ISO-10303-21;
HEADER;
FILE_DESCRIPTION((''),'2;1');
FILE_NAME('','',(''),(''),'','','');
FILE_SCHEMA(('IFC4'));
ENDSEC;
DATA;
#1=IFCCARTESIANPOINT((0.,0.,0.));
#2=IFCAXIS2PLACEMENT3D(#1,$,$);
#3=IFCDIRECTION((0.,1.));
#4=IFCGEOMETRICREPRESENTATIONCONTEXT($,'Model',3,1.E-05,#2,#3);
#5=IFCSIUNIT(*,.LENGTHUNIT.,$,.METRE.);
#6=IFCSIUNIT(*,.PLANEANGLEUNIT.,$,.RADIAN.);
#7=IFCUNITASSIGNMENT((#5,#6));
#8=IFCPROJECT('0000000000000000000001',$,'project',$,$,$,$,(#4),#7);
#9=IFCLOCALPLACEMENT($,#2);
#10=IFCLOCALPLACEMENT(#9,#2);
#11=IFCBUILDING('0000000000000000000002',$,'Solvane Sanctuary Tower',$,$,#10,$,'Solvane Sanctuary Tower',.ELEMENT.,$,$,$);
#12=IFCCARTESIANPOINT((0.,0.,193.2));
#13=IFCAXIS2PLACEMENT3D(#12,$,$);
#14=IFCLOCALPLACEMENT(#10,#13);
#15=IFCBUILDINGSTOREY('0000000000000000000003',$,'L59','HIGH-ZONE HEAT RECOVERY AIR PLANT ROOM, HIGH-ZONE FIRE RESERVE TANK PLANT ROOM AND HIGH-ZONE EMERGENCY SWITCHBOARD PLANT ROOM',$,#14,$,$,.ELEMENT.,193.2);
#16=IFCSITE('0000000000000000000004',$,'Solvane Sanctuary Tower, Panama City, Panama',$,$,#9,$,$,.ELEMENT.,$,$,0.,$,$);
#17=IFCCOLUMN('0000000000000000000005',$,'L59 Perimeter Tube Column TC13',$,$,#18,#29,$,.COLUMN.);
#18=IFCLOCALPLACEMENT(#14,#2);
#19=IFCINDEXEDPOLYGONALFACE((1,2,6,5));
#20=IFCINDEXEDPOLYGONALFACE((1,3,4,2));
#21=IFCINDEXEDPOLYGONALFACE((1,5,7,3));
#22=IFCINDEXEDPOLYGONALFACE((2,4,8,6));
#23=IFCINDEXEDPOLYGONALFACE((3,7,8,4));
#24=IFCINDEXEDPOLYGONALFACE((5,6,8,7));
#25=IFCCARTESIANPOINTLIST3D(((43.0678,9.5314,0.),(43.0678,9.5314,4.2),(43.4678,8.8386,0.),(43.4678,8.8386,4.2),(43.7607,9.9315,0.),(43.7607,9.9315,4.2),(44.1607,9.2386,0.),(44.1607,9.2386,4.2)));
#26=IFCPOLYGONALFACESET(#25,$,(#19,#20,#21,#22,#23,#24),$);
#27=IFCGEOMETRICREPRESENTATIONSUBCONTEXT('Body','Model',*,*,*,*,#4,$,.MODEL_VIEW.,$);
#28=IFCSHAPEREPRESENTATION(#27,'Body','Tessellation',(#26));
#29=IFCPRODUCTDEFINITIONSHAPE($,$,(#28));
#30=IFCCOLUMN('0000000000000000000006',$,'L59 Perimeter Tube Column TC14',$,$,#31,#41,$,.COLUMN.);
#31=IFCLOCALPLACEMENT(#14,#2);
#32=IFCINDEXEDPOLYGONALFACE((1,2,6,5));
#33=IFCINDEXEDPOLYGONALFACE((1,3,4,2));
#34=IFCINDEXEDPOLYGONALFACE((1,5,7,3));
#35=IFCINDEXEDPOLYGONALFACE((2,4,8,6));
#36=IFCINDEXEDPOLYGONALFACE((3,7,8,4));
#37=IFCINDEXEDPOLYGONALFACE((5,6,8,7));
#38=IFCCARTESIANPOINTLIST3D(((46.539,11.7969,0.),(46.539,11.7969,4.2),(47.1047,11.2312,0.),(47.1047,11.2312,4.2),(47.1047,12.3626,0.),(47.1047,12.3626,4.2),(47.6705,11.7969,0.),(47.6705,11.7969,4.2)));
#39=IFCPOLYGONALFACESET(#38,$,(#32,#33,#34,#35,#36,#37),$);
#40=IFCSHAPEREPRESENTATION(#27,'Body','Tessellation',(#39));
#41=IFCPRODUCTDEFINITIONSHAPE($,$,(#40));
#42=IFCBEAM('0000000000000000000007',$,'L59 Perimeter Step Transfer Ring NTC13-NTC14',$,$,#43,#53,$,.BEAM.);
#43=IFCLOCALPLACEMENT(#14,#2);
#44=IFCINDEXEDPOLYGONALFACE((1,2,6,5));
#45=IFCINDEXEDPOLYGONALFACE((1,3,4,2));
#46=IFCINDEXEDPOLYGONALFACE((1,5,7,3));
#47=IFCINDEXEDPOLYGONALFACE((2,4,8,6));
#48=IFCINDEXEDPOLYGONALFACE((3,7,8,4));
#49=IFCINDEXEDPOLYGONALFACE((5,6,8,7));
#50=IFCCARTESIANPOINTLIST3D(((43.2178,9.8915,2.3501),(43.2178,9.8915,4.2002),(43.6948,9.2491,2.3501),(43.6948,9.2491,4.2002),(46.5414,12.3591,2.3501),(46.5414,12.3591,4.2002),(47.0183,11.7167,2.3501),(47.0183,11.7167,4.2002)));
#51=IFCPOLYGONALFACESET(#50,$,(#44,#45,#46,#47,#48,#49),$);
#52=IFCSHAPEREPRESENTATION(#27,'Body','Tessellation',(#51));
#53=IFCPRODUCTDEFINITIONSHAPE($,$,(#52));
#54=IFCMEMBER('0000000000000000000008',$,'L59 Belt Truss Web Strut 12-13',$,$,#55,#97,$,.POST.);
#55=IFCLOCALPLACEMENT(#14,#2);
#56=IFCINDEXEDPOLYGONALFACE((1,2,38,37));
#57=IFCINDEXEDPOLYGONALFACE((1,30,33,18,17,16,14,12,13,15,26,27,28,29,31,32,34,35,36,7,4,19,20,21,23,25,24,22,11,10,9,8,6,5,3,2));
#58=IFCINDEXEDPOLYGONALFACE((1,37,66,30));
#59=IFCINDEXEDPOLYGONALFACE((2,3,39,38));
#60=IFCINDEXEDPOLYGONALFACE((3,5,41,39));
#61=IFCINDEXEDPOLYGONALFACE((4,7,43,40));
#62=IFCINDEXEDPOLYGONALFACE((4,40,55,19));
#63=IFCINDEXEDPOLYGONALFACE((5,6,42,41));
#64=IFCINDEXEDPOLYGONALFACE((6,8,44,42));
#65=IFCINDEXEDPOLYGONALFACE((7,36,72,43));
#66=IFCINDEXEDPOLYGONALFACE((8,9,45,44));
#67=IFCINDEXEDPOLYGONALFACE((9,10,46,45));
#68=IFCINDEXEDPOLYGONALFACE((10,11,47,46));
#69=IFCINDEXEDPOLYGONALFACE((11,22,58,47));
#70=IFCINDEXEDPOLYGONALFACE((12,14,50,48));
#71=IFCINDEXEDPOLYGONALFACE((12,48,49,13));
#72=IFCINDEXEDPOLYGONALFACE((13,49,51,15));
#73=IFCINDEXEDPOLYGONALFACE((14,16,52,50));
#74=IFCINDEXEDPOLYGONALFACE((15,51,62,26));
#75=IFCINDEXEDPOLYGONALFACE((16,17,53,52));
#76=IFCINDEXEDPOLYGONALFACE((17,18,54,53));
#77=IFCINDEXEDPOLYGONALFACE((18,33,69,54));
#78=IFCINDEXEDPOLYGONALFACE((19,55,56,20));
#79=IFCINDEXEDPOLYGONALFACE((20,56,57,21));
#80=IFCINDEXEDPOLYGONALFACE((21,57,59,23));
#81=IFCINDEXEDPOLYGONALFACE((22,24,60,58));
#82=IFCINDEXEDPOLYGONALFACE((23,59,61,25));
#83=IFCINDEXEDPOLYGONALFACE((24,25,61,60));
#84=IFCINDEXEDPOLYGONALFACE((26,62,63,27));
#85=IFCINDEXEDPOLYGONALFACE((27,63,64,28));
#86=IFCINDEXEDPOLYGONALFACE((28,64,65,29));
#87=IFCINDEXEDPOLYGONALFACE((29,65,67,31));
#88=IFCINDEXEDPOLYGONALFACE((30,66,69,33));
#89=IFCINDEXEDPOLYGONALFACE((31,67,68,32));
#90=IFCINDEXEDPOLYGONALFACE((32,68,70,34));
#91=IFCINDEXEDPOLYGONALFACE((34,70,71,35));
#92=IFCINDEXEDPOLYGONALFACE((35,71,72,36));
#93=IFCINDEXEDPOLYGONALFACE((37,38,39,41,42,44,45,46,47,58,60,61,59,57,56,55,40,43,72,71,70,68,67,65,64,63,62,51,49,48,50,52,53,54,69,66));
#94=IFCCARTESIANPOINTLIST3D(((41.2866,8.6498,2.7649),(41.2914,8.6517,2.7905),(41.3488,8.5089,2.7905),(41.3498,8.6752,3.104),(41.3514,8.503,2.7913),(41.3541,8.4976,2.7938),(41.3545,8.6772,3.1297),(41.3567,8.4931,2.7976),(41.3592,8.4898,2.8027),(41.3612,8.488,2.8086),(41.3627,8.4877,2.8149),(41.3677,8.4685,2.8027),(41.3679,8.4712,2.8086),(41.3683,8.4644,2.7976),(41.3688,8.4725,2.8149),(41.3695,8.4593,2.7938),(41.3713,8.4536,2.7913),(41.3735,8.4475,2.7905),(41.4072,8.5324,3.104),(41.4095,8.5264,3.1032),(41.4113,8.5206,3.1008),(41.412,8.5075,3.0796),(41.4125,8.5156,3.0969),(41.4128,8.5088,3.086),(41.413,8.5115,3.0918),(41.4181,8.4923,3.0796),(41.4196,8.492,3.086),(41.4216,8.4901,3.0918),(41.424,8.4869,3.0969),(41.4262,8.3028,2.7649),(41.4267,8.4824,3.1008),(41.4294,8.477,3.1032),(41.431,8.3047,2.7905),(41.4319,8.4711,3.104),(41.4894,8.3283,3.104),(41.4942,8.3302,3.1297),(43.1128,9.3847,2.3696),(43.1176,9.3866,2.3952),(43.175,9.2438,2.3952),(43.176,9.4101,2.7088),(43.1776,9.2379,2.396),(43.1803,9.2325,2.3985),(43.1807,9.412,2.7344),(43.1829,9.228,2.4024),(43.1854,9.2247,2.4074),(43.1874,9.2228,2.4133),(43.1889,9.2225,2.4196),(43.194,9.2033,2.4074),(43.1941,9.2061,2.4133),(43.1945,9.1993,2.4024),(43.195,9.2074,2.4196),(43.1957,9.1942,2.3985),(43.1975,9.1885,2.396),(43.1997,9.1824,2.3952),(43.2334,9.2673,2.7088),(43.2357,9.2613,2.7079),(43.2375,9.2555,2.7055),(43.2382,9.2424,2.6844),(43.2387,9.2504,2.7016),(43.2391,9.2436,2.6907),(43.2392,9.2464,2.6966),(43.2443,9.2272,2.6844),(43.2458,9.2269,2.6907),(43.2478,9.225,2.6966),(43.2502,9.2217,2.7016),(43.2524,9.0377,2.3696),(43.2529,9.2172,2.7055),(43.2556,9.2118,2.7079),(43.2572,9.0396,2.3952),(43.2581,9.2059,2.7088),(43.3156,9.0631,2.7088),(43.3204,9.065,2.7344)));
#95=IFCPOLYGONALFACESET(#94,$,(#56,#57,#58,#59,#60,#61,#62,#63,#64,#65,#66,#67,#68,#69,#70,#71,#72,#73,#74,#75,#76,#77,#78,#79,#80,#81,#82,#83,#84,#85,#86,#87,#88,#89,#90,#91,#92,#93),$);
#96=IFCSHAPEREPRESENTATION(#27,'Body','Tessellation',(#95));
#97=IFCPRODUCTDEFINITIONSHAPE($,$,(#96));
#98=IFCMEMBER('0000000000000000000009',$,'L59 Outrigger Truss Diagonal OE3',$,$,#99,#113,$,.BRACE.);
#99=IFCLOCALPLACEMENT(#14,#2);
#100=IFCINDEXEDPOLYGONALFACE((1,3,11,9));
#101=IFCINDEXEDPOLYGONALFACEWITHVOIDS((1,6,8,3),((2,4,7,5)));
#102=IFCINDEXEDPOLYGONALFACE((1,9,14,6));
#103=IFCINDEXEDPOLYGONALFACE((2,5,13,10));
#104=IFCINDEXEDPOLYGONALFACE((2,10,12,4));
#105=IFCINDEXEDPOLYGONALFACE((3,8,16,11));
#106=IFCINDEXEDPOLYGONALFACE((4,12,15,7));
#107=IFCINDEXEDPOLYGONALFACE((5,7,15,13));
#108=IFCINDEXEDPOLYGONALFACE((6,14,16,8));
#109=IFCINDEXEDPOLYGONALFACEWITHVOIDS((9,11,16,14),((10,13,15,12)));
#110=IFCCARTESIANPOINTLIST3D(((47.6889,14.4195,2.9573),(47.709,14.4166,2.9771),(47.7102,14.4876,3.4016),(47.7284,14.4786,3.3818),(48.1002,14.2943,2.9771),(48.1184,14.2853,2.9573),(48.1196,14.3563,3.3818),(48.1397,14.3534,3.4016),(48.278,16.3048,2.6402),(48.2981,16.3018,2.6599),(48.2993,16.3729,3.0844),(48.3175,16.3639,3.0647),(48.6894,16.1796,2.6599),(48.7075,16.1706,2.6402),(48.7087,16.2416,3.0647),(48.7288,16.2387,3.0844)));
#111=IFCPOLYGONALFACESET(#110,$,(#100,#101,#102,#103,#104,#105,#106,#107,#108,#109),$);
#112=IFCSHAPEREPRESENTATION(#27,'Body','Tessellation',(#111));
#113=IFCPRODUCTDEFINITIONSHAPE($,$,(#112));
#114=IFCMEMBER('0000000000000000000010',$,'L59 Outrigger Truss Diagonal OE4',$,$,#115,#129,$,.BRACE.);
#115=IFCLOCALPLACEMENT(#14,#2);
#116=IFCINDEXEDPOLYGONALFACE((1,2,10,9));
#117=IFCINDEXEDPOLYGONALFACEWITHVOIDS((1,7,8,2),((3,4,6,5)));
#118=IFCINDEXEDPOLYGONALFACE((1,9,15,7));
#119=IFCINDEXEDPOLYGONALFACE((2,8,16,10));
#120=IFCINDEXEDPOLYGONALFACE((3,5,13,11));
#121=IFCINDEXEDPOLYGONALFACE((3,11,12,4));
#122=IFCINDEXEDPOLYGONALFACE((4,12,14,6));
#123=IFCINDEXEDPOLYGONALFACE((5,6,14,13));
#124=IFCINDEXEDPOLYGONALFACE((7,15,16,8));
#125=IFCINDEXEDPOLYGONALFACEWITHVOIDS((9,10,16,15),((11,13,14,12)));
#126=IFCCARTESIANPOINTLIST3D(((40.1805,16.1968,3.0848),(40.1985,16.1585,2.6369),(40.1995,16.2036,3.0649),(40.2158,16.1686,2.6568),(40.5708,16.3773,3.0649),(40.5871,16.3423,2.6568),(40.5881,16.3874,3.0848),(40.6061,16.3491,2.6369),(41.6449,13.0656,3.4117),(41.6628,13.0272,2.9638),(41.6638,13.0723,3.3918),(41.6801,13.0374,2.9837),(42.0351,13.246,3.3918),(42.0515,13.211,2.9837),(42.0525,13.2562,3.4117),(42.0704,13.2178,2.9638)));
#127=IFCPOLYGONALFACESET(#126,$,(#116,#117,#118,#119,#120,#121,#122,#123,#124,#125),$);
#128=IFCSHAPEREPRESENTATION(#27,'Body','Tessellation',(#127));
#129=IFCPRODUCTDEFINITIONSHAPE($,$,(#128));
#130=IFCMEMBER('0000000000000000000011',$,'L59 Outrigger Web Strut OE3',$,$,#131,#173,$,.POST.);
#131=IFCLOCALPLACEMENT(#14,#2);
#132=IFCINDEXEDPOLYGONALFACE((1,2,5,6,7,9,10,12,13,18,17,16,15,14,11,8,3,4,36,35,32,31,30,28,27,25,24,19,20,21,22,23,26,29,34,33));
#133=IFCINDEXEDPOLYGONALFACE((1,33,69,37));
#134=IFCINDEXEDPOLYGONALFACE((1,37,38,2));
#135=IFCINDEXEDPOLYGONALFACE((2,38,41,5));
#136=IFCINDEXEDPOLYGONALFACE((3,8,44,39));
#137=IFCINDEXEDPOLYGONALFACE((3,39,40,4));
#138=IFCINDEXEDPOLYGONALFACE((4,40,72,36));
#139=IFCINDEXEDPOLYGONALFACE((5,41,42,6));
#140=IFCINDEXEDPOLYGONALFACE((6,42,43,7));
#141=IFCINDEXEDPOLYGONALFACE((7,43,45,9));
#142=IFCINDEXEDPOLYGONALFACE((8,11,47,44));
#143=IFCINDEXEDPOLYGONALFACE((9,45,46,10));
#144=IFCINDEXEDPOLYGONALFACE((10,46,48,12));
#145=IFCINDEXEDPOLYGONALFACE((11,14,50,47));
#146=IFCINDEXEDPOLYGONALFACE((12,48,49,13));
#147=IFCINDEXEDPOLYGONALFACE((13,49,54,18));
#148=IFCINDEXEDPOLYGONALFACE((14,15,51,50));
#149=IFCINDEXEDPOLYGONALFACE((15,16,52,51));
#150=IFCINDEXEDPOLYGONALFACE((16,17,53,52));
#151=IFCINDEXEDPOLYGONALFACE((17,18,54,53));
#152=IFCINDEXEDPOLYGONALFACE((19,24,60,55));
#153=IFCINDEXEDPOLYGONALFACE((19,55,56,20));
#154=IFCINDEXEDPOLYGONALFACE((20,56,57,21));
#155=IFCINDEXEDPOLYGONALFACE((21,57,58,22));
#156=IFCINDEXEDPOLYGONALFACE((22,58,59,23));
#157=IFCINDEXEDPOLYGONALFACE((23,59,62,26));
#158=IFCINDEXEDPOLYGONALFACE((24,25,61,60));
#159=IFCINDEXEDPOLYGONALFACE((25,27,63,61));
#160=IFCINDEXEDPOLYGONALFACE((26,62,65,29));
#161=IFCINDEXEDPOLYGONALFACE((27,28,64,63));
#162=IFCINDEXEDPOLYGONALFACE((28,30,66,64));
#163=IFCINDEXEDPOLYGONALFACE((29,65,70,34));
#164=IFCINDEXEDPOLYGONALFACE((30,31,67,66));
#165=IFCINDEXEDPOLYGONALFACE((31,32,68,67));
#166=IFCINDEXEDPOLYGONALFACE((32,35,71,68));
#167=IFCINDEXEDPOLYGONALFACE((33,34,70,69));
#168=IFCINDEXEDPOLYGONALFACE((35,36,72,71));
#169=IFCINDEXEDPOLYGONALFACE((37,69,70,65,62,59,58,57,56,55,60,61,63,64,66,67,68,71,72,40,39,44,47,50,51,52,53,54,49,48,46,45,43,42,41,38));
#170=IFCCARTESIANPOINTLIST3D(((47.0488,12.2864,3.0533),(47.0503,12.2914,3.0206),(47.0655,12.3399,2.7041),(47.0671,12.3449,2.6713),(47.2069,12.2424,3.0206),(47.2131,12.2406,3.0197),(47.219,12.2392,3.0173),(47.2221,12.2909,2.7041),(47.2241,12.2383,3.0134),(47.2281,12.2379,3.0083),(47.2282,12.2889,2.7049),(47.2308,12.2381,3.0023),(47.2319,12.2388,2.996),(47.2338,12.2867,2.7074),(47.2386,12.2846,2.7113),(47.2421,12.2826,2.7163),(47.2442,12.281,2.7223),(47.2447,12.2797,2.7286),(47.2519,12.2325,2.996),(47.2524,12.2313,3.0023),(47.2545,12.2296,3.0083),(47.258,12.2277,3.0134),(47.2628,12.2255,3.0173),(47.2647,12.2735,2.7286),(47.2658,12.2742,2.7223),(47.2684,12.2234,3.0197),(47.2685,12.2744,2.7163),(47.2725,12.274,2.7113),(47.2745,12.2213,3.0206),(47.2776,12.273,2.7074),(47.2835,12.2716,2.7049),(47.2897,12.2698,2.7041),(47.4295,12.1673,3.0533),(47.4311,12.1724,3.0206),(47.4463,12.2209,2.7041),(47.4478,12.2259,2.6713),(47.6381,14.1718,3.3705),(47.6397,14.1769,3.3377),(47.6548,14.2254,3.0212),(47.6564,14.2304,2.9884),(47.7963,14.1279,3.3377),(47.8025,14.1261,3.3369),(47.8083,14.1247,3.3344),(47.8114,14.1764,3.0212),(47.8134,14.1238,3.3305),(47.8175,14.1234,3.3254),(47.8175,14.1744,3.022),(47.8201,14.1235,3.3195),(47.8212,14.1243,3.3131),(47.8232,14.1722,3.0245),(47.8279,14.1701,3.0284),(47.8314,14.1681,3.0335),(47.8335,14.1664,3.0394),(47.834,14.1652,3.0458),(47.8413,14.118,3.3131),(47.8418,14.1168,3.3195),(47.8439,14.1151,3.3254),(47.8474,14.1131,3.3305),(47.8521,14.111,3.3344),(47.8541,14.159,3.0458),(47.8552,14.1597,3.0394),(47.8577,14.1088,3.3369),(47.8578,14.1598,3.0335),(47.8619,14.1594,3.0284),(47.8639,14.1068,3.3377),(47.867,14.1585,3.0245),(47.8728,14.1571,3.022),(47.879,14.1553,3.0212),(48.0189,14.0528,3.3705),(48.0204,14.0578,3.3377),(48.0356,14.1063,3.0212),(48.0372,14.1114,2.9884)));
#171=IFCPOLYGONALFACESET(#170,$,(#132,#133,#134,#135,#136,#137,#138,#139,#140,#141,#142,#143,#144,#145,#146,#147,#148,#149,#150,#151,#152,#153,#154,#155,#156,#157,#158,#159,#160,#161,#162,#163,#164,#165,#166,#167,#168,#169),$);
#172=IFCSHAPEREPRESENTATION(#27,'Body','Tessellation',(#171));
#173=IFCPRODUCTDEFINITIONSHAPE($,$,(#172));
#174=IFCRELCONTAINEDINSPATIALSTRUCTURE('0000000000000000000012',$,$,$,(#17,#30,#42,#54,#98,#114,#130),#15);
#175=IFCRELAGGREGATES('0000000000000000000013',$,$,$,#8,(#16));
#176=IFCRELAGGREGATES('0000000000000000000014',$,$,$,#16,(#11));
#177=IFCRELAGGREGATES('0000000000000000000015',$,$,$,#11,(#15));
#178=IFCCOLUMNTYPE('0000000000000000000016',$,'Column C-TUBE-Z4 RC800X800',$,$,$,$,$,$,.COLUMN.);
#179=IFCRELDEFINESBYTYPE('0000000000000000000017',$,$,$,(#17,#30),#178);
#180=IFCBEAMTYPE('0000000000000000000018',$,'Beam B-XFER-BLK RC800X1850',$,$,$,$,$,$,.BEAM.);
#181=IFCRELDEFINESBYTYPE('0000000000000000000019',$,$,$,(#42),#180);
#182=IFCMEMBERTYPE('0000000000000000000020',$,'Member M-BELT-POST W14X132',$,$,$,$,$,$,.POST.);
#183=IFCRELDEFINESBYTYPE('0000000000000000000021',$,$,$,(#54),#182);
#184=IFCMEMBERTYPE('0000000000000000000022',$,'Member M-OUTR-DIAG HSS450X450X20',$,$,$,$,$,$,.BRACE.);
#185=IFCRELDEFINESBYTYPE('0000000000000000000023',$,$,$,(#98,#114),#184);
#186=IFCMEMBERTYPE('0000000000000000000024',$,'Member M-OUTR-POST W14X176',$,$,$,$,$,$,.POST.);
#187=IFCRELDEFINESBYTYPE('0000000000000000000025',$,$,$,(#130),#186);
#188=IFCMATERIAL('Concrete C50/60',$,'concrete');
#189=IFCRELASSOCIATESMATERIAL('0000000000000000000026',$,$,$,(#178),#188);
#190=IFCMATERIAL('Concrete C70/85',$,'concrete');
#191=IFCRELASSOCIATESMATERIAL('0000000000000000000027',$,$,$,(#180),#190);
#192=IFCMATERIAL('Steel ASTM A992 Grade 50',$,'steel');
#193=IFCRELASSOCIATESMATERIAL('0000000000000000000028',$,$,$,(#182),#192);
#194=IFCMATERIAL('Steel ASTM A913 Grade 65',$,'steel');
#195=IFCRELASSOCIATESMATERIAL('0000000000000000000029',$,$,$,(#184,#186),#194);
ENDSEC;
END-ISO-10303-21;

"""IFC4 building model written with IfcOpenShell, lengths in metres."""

from ifc_helpers import new_model, si_unit, direction, frame, origin, origin_2d, place, context, subcontext, project, spatial, rectangle, hollow_rectangle, i_section, extrude, material, material_profile, profile_set, type_object, element, save


model = new_model("IFC4")

# Units and contexts
model_context = context("Model", 3, precision=1e-05, world=origin(), true_north=direction((0.0, 1.0)))
body_context = subcontext(model_context, "Body", "Model", "MODEL_VIEW")
ifc_project = project(units=[si_unit("LENGTHUNIT", "METRE"), si_unit("PLANEANGLEUNIT", "RADIAN")], contexts=[model_context])

# Site, building, storey
site_placement = place(None, origin())
site = spatial("IfcSite", under=ifc_project, at=site_placement, Name="Solvane Sanctuary Tower, Panama City, Panama", CompositionType="ELEMENT", RefElevation=0.0)
building_placement = place(site_placement, origin())
building = spatial("IfcBuilding", under=site, at=building_placement, Name="Solvane Sanctuary Tower", LongName="Solvane Sanctuary Tower", CompositionType="ELEMENT")
storey_placement = place(building_placement, frame((0.0, 0.0, 193.2)))
storey = spatial("IfcBuildingStorey", under=building, at=storey_placement, Name="L59", Description="HIGH-ZONE HEAT RECOVERY AIR PLANT ROOM, HIGH-ZONE FIRE RESERVE TANK PLANT ROOM AND HIGH-ZONE EMERGENCY SWITCHBOARD PLANT ROOM", CompositionType="ELEMENT", Elevation=193.2)

# Columns
ifc_material_1 = material(Name="Concrete C50/60", Category="concrete")
ifc_material_profile_1 = material_profile(ifc_material_1, rectangle(XDim=0.8, YDim=0.8, at=origin_2d()), Name="RC800X800")
ifc_profile_set_1 = profile_set([ifc_material_profile_1], Name="Concrete C50/60")
column_type = type_object("IfcColumnType", Name="Column C-TUBE-Z4 RC800X800", PredefinedType="COLUMN", material=ifc_profile_set_1)
for number, where, z_axis, x_axis, name in (
    (1, (43.6143, 9.385, 0.0), (0.0, 0.0, 1.0), (0.5, -0.866025, 0.0), "L59 Perimeter Tube Column TC13"),
    (2, (47.1047, 11.7969, 0.0), (0.0, 0.0, 1.0), (0.707107, -0.707107, 0.0), "L59 Perimeter Tube Column TC14"),
):
    element("IfcColumn", number, at=place(storey_placement, frame(where, z_axis=z_axis, x_axis=x_axis)), inside=storey, type_object=column_type, Name=name, PredefinedType="COLUMN", context=body_context, shape_type="SweptSolid", body=[
        extrude(rectangle(XDim=0.8, YDim=0.8, at=origin_2d()), origin(), (0.0, 0.0, 1.0), 4.2),
    ])

# Beam
ifc_material_2 = material(Name="Concrete C70/85", Category="concrete")
ifc_material_profile_2 = material_profile(ifc_material_2, rectangle(XDim=0.8, YDim=1.8501, at=origin_2d()), Name="RC800X1850")
ifc_profile_set_2 = profile_set([ifc_material_profile_2], Name="Concrete C70/85")
beam_type = type_object("IfcBeamType", Name="Beam B-XFER-BLK RC800X1850", PredefinedType="BEAM", material=ifc_profile_set_2)
beam_placement = place(storey_placement, frame((43.4563, 9.5703, 3.2751), z_axis=(0.8029, 0.596114, 0.0), x_axis=(-0.596114, 0.8029, 0.0)))
element("IfcBeam", 3, at=beam_placement, inside=storey, type_object=beam_type, Name="L59 Perimeter Step Transfer Ring NTC13-NTC14", PredefinedType="BEAM", context=body_context, shape_type="SweptSolid", body=[
    extrude(rectangle(XDim=0.8, YDim=1.8501, at=origin_2d()), origin(), (0.0, 0.0, 1.0), 4.1394),
])

# Members
ifc_material_3 = material(Name="Steel ASTM A992 Grade 50", Category="steel")
ifc_material_profile_3 = material_profile(ifc_material_3, i_section(OverallWidth=0.374, OverallDepth=0.3721, WebThickness=0.0164, FlangeThickness=0.0261, FilletRadius=0.0249, at=origin_2d()), Name="W14X132")
ifc_profile_set_3 = profile_set([ifc_material_profile_3], Name="Steel ASTM A992 Grade 50")
member_type_1 = type_object("IfcMemberType", Name="Member M-BELT-POST W14X132", PredefinedType="POST", material=ifc_profile_set_3)
member_1_placement = place(storey_placement, frame((41.3904, 8.49, 2.9473), z_axis=(0.90955, 0.366009, -0.196867), x_axis=(-0.373314, 0.927705, 0.0)))
element("IfcMember", 4, at=member_1_placement, inside=storey, type_object=member_type_1, Name="L59 Belt Truss Web Strut 12-13", PredefinedType="POST", context=body_context, shape_type="SweptSolid", body=[
    extrude(i_section(OverallWidth=0.374, OverallDepth=0.3721, WebThickness=0.0164, FlangeThickness=0.0261, FilletRadius=0.0249, at=origin_2d()), origin(), (0.0, 0.0, 1.0), 2.0078),
])
ifc_material_4 = material(Name="Steel ASTM A913 Grade 65", Category="steel")
ifc_material_profile_4 = material_profile(ifc_material_4, hollow_rectangle(XDim=0.45, YDim=0.45, WallThickness=0.02, at=origin_2d()), Name="HSS450X450X20")
ifc_profile_set_4 = profile_set([ifc_material_profile_4], Name="Steel ASTM A913 Grade 65")
member_type_2 = type_object("IfcMemberType", Name="Member M-OUTR-DIAG HSS450X450X20", PredefinedType="BRACE", material=ifc_profile_set_4)
member_2_placement = place(storey_placement, frame((48.5034, 16.2717, 2.8623), z_axis=(-0.294489, -0.942414, 0.158533), x_axis=(0.954484, -0.298261, 0.0)))
element("IfcMember", 5, at=member_2_placement, inside=storey, type_object=member_type_2, Name="L59 Outrigger Truss Diagonal OE3", PredefinedType="BRACE", context=body_context, shape_type="SweptSolid", body=[
    extrude(hollow_rectangle(XDim=0.45, YDim=0.45, WallThickness=0.02, at=origin_2d()), origin(), (0.0, 0.0, 1.0), 2.0005),
])
member_3_placement = place(storey_placement, frame((40.3933, 16.2729, 2.8608), z_axis=(0.421731, -0.90182, 0.094148), x_axis=(0.905844, 0.423612, 0.0)))
element("IfcMember", 6, at=member_3_placement, inside=storey, type_object=member_type_2, Name="L59 Outrigger Truss Diagonal OE4", PredefinedType="BRACE", context=body_context, shape_type="SweptSolid", body=[
    extrude(hollow_rectangle(XDim=0.45, YDim=0.45, WallThickness=0.02, at=origin_2d()), origin(), (0.0, 0.0, 1.0), 3.4722),
])
ifc_material_profile_5 = material_profile(ifc_material_4, i_section(OverallWidth=0.3989, OverallDepth=0.387, WebThickness=0.021, FlangeThickness=0.0332, FilletRadius=0.0249, at=origin_2d()), Name="W14X176")
ifc_profile_set_5 = profile_set([ifc_material_profile_5], Name="Steel ASTM A913 Grade 65")
member_type_3 = type_object("IfcMemberType", Name="Member M-OUTR-POST W14X176", PredefinedType="POST", material=ifc_profile_set_5)
member_4_placement = place(storey_placement, frame((47.8376, 14.1416, 3.1794), z_axis=(-0.294567, -0.942393, -0.15851), x_axis=(0.95446, -0.298338, 0.0)))
element("IfcMember", 7, at=member_4_placement, inside=storey, type_object=member_type_3, Name="L59 Outrigger Web Strut OE3", PredefinedType="POST", context=body_context, shape_type="SweptSolid", body=[
    extrude(i_section(OverallWidth=0.3989, OverallDepth=0.387, WebThickness=0.021, FlangeThickness=0.0332, FilletRadius=0.0249, at=origin_2d()), origin(), (0.0, 0.0, 1.0), 2.0007),
])

save(model, "model.ifc")
